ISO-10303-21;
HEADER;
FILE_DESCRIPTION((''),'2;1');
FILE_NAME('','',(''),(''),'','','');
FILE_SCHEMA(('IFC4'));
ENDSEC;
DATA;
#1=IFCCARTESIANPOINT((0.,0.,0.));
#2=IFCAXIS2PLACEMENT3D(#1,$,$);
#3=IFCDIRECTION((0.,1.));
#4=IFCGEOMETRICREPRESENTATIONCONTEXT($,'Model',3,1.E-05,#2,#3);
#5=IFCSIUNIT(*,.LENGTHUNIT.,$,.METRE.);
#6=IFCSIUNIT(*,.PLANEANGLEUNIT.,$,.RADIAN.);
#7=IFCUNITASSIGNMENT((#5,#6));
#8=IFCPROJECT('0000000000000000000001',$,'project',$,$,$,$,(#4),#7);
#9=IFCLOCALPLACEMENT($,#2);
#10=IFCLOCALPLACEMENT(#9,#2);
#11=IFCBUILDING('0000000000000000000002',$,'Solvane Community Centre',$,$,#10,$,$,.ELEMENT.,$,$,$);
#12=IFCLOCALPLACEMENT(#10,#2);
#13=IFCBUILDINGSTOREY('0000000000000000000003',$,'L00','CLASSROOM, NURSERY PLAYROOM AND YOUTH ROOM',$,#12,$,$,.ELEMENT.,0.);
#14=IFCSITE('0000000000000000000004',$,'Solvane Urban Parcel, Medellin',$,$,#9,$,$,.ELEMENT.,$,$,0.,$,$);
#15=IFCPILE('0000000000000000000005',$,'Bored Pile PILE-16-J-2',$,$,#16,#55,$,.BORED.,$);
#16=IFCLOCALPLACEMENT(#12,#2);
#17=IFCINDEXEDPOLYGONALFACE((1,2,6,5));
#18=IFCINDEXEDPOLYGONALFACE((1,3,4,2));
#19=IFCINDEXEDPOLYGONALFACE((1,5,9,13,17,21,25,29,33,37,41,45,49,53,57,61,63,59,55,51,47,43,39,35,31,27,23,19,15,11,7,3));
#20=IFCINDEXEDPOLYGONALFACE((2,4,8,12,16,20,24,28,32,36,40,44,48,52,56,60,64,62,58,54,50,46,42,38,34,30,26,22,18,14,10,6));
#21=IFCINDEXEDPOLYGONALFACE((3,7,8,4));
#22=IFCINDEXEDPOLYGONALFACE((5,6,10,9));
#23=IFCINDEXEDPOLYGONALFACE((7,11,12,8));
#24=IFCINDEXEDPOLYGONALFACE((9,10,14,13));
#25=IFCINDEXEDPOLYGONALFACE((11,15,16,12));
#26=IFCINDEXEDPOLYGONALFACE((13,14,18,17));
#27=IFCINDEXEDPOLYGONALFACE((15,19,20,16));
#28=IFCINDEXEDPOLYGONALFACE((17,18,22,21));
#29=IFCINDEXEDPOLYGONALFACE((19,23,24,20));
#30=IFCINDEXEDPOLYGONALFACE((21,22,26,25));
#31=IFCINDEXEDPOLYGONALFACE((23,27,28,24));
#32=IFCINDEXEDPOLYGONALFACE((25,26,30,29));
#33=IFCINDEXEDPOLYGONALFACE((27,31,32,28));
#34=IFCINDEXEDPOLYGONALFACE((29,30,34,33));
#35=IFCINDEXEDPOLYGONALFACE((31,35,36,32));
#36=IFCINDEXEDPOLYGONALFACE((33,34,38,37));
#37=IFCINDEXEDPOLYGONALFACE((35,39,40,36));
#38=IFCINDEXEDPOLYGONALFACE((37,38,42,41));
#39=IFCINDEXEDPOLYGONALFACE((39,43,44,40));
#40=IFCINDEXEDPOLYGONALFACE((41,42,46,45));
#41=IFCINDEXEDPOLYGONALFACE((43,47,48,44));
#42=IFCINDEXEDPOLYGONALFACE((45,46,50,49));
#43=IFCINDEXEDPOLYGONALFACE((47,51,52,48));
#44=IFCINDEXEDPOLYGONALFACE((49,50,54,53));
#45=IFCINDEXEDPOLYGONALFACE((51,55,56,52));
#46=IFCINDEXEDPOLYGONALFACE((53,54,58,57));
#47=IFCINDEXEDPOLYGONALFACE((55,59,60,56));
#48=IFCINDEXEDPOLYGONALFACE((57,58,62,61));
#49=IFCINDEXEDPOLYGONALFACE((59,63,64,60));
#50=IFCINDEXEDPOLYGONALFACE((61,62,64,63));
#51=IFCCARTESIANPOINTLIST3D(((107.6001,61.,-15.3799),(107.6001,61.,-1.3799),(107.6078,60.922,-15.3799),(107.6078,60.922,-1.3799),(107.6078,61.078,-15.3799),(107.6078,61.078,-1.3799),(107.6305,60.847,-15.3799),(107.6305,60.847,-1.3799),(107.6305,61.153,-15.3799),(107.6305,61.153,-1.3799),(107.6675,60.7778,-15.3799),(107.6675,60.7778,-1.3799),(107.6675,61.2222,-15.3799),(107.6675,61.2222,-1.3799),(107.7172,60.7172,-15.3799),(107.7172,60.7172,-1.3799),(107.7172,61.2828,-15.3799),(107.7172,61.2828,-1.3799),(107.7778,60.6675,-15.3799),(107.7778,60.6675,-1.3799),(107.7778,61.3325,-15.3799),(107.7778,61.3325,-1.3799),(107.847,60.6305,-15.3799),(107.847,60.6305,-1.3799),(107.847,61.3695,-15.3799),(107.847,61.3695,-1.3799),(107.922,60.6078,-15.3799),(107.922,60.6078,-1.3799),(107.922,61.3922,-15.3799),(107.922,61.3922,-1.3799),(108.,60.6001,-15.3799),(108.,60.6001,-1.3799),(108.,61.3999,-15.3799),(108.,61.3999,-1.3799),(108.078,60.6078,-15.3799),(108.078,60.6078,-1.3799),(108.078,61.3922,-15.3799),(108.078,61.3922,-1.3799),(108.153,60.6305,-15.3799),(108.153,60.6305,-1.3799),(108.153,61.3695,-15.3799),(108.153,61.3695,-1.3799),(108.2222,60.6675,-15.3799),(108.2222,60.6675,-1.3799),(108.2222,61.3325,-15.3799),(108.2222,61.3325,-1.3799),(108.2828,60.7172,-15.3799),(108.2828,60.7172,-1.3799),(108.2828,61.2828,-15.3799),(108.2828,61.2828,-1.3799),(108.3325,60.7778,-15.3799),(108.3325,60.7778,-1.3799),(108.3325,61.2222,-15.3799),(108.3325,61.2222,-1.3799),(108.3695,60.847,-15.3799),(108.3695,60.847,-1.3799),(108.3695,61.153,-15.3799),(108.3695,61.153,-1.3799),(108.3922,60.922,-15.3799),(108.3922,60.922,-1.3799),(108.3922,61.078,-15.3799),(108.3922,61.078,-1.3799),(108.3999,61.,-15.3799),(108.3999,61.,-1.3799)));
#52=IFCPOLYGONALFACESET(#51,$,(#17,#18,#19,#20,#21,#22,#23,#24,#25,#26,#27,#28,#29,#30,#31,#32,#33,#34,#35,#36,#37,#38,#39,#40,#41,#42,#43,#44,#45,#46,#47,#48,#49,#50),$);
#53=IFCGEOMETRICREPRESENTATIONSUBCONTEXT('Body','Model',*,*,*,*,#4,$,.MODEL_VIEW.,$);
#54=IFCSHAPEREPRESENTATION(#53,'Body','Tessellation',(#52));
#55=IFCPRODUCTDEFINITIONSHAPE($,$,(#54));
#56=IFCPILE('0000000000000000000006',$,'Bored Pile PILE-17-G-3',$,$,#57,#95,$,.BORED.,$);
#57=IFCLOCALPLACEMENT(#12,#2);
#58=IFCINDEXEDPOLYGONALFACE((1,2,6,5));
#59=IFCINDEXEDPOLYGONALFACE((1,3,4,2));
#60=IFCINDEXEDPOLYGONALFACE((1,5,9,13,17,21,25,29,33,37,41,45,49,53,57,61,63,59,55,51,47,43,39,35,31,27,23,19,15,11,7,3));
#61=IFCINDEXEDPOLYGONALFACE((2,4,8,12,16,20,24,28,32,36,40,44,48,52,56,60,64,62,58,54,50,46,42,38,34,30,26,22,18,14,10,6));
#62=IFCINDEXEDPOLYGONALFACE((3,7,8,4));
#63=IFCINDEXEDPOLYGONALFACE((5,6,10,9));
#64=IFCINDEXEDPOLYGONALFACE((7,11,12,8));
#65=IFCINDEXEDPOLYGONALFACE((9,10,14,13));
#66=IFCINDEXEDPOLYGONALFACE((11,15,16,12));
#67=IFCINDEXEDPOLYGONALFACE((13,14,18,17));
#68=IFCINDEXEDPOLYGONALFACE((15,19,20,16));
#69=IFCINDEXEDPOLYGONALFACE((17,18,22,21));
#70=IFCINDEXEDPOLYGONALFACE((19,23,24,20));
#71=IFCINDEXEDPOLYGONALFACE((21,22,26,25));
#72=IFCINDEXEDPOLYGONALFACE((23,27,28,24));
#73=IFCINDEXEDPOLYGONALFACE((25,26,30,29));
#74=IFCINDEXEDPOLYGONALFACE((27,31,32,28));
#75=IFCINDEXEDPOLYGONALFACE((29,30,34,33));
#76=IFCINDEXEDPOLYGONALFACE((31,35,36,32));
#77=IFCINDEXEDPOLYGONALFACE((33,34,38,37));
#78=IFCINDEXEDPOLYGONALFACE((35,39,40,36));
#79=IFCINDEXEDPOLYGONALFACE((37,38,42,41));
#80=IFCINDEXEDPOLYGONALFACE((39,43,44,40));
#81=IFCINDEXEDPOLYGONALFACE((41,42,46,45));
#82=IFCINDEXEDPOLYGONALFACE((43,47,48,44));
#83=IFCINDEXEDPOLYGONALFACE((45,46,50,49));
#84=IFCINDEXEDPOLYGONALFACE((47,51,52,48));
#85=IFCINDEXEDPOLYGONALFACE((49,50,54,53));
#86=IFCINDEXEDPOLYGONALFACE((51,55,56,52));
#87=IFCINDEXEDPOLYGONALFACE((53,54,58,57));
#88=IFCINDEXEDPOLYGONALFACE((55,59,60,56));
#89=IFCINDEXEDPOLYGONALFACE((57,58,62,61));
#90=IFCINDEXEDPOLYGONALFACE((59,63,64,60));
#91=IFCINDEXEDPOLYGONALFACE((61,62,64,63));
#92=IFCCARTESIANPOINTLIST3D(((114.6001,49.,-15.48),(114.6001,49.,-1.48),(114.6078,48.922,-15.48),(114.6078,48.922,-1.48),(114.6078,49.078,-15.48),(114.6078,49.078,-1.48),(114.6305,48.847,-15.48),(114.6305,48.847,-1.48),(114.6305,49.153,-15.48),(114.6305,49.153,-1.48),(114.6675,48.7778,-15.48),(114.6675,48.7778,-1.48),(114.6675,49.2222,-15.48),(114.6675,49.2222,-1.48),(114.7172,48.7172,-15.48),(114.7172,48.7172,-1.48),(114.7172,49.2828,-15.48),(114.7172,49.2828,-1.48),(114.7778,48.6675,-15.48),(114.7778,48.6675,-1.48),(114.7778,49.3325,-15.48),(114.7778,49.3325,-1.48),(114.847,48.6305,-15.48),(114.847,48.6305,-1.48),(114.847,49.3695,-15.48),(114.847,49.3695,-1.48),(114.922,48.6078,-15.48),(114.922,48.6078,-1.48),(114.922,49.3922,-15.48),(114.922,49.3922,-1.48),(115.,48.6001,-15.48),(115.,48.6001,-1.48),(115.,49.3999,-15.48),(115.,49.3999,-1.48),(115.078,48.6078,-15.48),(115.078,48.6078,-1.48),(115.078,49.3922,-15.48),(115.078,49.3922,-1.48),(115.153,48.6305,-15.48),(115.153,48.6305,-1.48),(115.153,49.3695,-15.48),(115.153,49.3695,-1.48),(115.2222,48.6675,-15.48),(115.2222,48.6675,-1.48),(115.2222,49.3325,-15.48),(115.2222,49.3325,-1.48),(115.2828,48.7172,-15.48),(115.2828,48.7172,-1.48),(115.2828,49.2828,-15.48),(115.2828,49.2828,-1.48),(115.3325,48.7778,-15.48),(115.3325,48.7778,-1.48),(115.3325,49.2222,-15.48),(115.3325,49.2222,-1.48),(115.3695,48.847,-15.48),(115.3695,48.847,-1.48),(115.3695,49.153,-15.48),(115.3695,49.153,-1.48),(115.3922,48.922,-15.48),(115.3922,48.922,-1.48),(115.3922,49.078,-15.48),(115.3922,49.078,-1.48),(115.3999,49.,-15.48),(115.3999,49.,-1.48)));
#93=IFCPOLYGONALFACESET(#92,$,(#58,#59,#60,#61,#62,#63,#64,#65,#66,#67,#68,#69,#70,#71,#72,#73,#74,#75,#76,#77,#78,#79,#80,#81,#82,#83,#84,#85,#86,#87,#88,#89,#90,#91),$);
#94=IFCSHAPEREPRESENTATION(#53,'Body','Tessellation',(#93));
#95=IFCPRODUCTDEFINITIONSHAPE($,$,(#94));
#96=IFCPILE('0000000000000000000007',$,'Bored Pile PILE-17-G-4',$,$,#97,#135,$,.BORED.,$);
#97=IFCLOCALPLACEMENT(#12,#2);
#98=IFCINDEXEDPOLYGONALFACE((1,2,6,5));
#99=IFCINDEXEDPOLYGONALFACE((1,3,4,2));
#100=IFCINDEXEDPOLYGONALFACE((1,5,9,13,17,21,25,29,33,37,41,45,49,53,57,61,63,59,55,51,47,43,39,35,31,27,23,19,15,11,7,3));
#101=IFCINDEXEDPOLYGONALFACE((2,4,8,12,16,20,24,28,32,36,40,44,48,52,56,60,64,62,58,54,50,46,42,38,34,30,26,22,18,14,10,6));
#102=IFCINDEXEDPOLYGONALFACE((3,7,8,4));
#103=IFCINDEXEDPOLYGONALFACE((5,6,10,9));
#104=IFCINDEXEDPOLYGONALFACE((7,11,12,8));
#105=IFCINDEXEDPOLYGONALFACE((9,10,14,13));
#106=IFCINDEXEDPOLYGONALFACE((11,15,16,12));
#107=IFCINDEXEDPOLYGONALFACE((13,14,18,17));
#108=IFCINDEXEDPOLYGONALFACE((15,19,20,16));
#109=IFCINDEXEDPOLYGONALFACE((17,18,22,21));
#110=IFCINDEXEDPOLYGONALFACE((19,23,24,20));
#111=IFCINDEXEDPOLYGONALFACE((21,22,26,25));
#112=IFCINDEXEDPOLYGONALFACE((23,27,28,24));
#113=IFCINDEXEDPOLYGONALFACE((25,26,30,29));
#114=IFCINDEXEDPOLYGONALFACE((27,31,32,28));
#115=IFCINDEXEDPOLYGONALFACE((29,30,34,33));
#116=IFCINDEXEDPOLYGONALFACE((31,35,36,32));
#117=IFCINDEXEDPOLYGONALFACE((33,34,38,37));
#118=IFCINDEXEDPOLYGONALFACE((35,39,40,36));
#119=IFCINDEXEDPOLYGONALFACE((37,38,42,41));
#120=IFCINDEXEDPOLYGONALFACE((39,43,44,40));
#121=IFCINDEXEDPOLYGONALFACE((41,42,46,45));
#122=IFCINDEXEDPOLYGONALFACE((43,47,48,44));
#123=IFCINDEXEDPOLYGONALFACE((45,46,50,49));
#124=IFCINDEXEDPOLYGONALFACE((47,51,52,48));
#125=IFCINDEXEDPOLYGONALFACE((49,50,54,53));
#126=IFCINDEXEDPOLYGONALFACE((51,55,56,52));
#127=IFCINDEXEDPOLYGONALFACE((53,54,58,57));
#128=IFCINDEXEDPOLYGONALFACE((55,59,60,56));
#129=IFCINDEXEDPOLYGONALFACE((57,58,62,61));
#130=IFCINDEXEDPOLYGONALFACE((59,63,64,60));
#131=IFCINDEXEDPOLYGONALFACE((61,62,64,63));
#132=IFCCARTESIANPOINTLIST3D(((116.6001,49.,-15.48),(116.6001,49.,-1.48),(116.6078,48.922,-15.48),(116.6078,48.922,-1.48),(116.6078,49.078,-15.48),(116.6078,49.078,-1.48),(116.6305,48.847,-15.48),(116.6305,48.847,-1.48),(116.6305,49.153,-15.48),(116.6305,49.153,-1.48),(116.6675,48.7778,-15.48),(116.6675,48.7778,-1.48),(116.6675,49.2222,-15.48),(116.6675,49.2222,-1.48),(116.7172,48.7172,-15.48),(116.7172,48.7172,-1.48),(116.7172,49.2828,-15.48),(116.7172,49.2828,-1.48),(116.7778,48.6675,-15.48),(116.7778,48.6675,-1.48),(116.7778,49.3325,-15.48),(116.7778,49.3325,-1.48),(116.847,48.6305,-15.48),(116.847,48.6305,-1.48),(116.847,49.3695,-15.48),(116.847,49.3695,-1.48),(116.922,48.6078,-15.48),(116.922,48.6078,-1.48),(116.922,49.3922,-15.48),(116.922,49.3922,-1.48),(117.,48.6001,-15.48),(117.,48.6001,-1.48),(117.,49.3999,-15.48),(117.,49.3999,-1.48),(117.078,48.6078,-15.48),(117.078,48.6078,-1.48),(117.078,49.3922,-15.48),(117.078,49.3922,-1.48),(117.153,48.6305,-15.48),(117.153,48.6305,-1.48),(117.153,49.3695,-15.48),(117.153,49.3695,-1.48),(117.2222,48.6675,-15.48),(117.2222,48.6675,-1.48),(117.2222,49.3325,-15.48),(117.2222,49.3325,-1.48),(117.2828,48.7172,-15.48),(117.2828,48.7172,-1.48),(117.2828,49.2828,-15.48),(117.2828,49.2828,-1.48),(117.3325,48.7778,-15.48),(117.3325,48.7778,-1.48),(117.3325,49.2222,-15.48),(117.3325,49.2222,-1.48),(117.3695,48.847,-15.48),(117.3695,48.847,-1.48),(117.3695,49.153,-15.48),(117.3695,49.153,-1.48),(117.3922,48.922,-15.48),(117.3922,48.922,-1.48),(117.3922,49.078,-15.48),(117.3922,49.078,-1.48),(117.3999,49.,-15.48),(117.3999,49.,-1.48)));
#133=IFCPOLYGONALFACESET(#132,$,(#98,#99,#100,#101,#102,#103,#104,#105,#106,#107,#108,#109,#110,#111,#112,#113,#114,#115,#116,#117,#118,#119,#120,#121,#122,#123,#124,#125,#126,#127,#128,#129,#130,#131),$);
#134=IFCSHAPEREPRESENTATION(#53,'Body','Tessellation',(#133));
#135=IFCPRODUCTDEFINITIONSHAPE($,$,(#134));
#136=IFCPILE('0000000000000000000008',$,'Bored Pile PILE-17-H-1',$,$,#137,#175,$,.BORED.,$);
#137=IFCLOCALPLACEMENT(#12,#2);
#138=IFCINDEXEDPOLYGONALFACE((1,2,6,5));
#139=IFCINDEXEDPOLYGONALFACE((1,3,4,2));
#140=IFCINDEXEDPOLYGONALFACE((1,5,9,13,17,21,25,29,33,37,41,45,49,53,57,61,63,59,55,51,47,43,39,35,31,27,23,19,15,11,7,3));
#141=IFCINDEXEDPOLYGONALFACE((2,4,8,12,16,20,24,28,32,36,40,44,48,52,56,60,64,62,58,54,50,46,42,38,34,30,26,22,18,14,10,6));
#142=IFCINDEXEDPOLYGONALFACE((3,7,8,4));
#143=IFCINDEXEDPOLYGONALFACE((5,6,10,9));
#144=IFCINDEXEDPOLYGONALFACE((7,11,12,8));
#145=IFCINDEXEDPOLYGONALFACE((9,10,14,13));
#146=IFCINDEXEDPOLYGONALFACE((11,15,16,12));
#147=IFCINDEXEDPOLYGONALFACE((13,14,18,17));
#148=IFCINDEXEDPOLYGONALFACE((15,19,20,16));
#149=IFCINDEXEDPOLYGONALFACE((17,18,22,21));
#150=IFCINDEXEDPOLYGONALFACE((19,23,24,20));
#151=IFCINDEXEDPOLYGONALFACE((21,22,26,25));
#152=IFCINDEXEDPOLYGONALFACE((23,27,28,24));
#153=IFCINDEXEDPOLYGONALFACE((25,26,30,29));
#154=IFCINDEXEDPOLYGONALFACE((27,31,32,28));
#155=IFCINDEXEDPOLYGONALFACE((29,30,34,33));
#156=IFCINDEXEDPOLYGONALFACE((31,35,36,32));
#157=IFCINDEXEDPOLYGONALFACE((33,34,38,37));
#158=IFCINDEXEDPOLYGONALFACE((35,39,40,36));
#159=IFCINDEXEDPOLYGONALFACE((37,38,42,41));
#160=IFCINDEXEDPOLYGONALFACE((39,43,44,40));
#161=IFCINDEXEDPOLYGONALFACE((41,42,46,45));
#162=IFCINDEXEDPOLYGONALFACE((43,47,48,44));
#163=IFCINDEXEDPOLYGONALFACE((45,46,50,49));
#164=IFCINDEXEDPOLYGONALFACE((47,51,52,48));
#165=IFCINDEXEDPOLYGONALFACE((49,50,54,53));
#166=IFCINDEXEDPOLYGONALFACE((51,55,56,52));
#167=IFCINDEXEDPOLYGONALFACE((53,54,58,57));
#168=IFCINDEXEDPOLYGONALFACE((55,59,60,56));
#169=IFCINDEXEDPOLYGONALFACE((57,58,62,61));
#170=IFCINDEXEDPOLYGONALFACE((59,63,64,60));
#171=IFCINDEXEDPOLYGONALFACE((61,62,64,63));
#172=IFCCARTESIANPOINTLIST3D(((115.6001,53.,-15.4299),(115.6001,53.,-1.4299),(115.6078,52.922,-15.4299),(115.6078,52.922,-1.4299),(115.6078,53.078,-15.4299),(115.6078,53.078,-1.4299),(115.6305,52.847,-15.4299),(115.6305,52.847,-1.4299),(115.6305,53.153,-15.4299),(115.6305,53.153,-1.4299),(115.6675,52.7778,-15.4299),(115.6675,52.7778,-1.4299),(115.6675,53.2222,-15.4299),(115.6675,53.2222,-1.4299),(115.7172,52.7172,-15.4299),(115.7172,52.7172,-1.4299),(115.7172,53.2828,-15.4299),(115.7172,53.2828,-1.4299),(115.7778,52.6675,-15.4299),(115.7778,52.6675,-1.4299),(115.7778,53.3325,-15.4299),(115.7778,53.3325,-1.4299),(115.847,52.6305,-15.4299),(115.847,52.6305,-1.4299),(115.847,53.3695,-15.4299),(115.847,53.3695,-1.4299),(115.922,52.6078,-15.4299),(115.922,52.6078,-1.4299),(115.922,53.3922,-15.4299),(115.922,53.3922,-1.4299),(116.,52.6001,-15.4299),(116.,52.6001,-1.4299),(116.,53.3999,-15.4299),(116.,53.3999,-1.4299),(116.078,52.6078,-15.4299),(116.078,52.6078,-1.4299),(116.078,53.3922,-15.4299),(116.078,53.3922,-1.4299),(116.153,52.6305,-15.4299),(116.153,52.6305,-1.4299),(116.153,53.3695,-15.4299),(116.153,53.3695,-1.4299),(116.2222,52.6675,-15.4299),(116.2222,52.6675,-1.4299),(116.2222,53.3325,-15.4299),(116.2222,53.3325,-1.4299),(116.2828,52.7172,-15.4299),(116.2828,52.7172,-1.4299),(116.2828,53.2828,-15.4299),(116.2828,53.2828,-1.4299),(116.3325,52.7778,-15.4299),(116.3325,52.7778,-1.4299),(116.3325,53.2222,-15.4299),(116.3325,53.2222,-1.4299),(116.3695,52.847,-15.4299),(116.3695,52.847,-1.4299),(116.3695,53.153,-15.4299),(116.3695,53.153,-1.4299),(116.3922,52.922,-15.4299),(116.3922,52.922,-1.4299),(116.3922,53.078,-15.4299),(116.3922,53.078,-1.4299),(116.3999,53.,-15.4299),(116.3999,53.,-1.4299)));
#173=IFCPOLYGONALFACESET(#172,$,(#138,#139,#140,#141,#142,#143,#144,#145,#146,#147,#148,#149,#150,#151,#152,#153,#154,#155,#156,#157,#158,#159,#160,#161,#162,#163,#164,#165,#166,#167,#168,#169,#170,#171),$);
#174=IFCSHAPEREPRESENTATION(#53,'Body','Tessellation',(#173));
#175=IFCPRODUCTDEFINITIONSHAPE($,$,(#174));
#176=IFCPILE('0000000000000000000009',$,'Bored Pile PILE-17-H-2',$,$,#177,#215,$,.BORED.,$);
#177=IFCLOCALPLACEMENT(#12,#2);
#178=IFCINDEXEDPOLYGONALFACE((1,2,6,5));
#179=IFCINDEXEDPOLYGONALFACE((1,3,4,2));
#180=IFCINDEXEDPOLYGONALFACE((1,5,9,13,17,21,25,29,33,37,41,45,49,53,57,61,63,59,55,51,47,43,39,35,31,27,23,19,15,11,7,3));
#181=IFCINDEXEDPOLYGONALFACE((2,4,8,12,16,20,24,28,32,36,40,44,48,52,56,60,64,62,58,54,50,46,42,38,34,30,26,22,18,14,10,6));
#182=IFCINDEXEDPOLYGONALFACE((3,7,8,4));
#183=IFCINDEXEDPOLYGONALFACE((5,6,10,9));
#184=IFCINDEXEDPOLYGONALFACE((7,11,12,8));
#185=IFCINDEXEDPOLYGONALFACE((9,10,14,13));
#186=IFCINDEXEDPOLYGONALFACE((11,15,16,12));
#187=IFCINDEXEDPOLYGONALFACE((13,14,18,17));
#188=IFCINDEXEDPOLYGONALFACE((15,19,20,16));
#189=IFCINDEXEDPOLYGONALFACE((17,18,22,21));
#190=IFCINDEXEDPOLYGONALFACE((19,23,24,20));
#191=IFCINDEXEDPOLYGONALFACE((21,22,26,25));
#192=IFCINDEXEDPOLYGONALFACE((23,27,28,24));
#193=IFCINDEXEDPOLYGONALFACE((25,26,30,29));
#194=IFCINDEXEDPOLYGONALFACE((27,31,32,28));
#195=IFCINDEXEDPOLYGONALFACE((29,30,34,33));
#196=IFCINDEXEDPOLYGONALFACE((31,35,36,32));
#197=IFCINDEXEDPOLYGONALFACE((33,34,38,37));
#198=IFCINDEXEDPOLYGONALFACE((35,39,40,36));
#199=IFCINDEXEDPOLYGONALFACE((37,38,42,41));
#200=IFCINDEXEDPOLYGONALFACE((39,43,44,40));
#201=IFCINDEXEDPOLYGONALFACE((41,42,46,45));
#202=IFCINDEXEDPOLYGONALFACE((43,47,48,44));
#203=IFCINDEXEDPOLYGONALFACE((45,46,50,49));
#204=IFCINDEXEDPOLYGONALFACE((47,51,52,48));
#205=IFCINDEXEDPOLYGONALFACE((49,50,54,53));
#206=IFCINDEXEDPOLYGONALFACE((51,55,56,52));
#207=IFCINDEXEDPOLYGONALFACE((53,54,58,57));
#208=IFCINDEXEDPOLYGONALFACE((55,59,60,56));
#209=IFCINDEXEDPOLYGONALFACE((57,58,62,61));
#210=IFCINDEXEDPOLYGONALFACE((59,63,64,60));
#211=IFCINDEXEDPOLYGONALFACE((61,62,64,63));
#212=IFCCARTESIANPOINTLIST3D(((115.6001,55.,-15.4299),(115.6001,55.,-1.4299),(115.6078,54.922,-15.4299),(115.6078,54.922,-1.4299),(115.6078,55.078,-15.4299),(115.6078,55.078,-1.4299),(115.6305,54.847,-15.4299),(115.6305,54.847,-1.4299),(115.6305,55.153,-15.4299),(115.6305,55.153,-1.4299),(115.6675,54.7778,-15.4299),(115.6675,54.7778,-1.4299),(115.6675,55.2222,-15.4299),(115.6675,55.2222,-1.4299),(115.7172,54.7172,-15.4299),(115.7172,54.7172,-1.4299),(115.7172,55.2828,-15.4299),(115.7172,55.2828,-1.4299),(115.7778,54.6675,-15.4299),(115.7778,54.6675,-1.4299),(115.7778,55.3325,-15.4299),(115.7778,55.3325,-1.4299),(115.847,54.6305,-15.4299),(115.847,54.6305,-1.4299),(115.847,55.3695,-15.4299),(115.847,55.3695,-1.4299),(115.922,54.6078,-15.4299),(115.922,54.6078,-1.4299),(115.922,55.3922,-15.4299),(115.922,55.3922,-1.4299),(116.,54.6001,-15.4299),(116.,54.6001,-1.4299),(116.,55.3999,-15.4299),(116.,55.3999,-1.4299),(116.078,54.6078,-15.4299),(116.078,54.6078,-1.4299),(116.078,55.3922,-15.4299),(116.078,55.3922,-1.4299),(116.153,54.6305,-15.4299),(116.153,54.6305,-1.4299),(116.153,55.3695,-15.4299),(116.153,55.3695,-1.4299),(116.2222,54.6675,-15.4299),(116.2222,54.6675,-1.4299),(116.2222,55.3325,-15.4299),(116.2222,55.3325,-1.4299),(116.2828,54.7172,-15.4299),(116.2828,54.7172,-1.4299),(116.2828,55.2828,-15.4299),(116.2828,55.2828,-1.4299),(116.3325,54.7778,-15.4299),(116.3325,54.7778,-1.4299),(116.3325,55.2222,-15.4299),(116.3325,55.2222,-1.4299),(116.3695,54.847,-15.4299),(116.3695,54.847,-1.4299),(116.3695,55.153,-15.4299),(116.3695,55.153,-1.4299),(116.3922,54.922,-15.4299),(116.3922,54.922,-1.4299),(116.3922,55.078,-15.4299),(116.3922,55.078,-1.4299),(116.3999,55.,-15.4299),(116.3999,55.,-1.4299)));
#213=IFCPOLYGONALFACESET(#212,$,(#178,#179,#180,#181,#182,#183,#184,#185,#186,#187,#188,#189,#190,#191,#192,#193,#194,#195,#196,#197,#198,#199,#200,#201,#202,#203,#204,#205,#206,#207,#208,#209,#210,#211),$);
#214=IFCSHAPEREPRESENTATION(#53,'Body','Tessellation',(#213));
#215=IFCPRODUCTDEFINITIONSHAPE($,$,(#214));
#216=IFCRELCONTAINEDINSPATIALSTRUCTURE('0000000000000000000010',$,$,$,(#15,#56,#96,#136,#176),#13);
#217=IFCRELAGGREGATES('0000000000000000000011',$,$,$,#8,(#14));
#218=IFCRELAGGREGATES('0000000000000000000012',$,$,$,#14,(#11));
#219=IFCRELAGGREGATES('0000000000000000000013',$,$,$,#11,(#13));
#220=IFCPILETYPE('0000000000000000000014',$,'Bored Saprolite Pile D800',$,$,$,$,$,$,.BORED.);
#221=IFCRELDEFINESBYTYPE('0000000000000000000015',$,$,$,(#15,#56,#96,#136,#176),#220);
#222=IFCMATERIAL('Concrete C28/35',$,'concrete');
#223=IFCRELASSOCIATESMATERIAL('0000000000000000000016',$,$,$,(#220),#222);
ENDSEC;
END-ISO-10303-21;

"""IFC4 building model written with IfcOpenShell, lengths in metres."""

from ifc_helpers import new_model, si_unit, direction, frame, origin, origin_2d, place, context, subcontext, project, spatial, circle, extrude, material, material_profile, profile_set, type_object, element, save


model = new_model("IFC4")

# Units and contexts
model_context = context("Model", 3, precision=1e-05, world=origin(), true_north=direction((0.0, 1.0)))
body_context = subcontext(model_context, "Body", "Model", "MODEL_VIEW")
ifc_project = project(units=[si_unit("LENGTHUNIT", "METRE"), si_unit("PLANEANGLEUNIT", "RADIAN")], contexts=[model_context])

# Site, building, storey
site_placement = place(None, origin())
site = spatial("IfcSite", under=ifc_project, at=site_placement, Name="Solvane Urban Parcel, Medellin", CompositionType="ELEMENT", RefElevation=0.0)
building_placement = place(site_placement, origin())
building = spatial("IfcBuilding", under=site, at=building_placement, Name="Solvane Community Centre", CompositionType="ELEMENT")
storey_placement = place(building_placement, origin())
storey = spatial("IfcBuildingStorey", under=building, at=storey_placement, Name="L00", Description="CLASSROOM, NURSERY PLAYROOM AND YOUTH ROOM", CompositionType="ELEMENT", Elevation=0.0)

# Piles
ifc_material_1 = material(Name="Concrete C28/35", Category="concrete")
ifc_material_profile_1 = material_profile(ifc_material_1, circle(Radius=0.3999, at=origin_2d()), Name="PILE D800")
ifc_profile_set_1 = profile_set([ifc_material_profile_1], Name="Concrete C28/35")
pile_type = type_object("IfcPileType", Name="Bored Saprolite Pile D800", PredefinedType="BORED", material=ifc_profile_set_1)
for number, where, z_axis, x_axis, name in (
    (1, (108.0, 61.0, -1.3799), (0.0, 0.0, -1.0), (1.0, 0.0, 0.0), "Bored Pile PILE-16-J-2"),
    (2, (115.0, 49.0, -1.48), (0.0, 0.0, -1.0), (1.0, 0.0, 0.0), "Bored Pile PILE-17-G-3"),
    (3, (117.0, 49.0, -1.48), (0.0, 0.0, -1.0), (1.0, 0.0, 0.0), "Bored Pile PILE-17-G-4"),
    (4, (116.0, 53.0, -1.4299), (0.0, 0.0, -1.0), (1.0, 0.0, 0.0), "Bored Pile PILE-17-H-1"),
    (5, (116.0, 55.0, -1.4299), (0.0, 0.0, -1.0), (1.0, 0.0, 0.0), "Bored Pile PILE-17-H-2"),
):
    element("IfcPile", number, at=place(storey_placement, frame(where, z_axis=z_axis, x_axis=x_axis)), inside=storey, type_object=pile_type, Name=name, PredefinedType="BORED", context=body_context, shape_type="SweptSolid", body=[
        extrude(circle(Radius=0.3999, at=origin_2d()), origin(), (0.0, 0.0, 1.0), 14.0),
    ])

save(model, "model.ifc")
